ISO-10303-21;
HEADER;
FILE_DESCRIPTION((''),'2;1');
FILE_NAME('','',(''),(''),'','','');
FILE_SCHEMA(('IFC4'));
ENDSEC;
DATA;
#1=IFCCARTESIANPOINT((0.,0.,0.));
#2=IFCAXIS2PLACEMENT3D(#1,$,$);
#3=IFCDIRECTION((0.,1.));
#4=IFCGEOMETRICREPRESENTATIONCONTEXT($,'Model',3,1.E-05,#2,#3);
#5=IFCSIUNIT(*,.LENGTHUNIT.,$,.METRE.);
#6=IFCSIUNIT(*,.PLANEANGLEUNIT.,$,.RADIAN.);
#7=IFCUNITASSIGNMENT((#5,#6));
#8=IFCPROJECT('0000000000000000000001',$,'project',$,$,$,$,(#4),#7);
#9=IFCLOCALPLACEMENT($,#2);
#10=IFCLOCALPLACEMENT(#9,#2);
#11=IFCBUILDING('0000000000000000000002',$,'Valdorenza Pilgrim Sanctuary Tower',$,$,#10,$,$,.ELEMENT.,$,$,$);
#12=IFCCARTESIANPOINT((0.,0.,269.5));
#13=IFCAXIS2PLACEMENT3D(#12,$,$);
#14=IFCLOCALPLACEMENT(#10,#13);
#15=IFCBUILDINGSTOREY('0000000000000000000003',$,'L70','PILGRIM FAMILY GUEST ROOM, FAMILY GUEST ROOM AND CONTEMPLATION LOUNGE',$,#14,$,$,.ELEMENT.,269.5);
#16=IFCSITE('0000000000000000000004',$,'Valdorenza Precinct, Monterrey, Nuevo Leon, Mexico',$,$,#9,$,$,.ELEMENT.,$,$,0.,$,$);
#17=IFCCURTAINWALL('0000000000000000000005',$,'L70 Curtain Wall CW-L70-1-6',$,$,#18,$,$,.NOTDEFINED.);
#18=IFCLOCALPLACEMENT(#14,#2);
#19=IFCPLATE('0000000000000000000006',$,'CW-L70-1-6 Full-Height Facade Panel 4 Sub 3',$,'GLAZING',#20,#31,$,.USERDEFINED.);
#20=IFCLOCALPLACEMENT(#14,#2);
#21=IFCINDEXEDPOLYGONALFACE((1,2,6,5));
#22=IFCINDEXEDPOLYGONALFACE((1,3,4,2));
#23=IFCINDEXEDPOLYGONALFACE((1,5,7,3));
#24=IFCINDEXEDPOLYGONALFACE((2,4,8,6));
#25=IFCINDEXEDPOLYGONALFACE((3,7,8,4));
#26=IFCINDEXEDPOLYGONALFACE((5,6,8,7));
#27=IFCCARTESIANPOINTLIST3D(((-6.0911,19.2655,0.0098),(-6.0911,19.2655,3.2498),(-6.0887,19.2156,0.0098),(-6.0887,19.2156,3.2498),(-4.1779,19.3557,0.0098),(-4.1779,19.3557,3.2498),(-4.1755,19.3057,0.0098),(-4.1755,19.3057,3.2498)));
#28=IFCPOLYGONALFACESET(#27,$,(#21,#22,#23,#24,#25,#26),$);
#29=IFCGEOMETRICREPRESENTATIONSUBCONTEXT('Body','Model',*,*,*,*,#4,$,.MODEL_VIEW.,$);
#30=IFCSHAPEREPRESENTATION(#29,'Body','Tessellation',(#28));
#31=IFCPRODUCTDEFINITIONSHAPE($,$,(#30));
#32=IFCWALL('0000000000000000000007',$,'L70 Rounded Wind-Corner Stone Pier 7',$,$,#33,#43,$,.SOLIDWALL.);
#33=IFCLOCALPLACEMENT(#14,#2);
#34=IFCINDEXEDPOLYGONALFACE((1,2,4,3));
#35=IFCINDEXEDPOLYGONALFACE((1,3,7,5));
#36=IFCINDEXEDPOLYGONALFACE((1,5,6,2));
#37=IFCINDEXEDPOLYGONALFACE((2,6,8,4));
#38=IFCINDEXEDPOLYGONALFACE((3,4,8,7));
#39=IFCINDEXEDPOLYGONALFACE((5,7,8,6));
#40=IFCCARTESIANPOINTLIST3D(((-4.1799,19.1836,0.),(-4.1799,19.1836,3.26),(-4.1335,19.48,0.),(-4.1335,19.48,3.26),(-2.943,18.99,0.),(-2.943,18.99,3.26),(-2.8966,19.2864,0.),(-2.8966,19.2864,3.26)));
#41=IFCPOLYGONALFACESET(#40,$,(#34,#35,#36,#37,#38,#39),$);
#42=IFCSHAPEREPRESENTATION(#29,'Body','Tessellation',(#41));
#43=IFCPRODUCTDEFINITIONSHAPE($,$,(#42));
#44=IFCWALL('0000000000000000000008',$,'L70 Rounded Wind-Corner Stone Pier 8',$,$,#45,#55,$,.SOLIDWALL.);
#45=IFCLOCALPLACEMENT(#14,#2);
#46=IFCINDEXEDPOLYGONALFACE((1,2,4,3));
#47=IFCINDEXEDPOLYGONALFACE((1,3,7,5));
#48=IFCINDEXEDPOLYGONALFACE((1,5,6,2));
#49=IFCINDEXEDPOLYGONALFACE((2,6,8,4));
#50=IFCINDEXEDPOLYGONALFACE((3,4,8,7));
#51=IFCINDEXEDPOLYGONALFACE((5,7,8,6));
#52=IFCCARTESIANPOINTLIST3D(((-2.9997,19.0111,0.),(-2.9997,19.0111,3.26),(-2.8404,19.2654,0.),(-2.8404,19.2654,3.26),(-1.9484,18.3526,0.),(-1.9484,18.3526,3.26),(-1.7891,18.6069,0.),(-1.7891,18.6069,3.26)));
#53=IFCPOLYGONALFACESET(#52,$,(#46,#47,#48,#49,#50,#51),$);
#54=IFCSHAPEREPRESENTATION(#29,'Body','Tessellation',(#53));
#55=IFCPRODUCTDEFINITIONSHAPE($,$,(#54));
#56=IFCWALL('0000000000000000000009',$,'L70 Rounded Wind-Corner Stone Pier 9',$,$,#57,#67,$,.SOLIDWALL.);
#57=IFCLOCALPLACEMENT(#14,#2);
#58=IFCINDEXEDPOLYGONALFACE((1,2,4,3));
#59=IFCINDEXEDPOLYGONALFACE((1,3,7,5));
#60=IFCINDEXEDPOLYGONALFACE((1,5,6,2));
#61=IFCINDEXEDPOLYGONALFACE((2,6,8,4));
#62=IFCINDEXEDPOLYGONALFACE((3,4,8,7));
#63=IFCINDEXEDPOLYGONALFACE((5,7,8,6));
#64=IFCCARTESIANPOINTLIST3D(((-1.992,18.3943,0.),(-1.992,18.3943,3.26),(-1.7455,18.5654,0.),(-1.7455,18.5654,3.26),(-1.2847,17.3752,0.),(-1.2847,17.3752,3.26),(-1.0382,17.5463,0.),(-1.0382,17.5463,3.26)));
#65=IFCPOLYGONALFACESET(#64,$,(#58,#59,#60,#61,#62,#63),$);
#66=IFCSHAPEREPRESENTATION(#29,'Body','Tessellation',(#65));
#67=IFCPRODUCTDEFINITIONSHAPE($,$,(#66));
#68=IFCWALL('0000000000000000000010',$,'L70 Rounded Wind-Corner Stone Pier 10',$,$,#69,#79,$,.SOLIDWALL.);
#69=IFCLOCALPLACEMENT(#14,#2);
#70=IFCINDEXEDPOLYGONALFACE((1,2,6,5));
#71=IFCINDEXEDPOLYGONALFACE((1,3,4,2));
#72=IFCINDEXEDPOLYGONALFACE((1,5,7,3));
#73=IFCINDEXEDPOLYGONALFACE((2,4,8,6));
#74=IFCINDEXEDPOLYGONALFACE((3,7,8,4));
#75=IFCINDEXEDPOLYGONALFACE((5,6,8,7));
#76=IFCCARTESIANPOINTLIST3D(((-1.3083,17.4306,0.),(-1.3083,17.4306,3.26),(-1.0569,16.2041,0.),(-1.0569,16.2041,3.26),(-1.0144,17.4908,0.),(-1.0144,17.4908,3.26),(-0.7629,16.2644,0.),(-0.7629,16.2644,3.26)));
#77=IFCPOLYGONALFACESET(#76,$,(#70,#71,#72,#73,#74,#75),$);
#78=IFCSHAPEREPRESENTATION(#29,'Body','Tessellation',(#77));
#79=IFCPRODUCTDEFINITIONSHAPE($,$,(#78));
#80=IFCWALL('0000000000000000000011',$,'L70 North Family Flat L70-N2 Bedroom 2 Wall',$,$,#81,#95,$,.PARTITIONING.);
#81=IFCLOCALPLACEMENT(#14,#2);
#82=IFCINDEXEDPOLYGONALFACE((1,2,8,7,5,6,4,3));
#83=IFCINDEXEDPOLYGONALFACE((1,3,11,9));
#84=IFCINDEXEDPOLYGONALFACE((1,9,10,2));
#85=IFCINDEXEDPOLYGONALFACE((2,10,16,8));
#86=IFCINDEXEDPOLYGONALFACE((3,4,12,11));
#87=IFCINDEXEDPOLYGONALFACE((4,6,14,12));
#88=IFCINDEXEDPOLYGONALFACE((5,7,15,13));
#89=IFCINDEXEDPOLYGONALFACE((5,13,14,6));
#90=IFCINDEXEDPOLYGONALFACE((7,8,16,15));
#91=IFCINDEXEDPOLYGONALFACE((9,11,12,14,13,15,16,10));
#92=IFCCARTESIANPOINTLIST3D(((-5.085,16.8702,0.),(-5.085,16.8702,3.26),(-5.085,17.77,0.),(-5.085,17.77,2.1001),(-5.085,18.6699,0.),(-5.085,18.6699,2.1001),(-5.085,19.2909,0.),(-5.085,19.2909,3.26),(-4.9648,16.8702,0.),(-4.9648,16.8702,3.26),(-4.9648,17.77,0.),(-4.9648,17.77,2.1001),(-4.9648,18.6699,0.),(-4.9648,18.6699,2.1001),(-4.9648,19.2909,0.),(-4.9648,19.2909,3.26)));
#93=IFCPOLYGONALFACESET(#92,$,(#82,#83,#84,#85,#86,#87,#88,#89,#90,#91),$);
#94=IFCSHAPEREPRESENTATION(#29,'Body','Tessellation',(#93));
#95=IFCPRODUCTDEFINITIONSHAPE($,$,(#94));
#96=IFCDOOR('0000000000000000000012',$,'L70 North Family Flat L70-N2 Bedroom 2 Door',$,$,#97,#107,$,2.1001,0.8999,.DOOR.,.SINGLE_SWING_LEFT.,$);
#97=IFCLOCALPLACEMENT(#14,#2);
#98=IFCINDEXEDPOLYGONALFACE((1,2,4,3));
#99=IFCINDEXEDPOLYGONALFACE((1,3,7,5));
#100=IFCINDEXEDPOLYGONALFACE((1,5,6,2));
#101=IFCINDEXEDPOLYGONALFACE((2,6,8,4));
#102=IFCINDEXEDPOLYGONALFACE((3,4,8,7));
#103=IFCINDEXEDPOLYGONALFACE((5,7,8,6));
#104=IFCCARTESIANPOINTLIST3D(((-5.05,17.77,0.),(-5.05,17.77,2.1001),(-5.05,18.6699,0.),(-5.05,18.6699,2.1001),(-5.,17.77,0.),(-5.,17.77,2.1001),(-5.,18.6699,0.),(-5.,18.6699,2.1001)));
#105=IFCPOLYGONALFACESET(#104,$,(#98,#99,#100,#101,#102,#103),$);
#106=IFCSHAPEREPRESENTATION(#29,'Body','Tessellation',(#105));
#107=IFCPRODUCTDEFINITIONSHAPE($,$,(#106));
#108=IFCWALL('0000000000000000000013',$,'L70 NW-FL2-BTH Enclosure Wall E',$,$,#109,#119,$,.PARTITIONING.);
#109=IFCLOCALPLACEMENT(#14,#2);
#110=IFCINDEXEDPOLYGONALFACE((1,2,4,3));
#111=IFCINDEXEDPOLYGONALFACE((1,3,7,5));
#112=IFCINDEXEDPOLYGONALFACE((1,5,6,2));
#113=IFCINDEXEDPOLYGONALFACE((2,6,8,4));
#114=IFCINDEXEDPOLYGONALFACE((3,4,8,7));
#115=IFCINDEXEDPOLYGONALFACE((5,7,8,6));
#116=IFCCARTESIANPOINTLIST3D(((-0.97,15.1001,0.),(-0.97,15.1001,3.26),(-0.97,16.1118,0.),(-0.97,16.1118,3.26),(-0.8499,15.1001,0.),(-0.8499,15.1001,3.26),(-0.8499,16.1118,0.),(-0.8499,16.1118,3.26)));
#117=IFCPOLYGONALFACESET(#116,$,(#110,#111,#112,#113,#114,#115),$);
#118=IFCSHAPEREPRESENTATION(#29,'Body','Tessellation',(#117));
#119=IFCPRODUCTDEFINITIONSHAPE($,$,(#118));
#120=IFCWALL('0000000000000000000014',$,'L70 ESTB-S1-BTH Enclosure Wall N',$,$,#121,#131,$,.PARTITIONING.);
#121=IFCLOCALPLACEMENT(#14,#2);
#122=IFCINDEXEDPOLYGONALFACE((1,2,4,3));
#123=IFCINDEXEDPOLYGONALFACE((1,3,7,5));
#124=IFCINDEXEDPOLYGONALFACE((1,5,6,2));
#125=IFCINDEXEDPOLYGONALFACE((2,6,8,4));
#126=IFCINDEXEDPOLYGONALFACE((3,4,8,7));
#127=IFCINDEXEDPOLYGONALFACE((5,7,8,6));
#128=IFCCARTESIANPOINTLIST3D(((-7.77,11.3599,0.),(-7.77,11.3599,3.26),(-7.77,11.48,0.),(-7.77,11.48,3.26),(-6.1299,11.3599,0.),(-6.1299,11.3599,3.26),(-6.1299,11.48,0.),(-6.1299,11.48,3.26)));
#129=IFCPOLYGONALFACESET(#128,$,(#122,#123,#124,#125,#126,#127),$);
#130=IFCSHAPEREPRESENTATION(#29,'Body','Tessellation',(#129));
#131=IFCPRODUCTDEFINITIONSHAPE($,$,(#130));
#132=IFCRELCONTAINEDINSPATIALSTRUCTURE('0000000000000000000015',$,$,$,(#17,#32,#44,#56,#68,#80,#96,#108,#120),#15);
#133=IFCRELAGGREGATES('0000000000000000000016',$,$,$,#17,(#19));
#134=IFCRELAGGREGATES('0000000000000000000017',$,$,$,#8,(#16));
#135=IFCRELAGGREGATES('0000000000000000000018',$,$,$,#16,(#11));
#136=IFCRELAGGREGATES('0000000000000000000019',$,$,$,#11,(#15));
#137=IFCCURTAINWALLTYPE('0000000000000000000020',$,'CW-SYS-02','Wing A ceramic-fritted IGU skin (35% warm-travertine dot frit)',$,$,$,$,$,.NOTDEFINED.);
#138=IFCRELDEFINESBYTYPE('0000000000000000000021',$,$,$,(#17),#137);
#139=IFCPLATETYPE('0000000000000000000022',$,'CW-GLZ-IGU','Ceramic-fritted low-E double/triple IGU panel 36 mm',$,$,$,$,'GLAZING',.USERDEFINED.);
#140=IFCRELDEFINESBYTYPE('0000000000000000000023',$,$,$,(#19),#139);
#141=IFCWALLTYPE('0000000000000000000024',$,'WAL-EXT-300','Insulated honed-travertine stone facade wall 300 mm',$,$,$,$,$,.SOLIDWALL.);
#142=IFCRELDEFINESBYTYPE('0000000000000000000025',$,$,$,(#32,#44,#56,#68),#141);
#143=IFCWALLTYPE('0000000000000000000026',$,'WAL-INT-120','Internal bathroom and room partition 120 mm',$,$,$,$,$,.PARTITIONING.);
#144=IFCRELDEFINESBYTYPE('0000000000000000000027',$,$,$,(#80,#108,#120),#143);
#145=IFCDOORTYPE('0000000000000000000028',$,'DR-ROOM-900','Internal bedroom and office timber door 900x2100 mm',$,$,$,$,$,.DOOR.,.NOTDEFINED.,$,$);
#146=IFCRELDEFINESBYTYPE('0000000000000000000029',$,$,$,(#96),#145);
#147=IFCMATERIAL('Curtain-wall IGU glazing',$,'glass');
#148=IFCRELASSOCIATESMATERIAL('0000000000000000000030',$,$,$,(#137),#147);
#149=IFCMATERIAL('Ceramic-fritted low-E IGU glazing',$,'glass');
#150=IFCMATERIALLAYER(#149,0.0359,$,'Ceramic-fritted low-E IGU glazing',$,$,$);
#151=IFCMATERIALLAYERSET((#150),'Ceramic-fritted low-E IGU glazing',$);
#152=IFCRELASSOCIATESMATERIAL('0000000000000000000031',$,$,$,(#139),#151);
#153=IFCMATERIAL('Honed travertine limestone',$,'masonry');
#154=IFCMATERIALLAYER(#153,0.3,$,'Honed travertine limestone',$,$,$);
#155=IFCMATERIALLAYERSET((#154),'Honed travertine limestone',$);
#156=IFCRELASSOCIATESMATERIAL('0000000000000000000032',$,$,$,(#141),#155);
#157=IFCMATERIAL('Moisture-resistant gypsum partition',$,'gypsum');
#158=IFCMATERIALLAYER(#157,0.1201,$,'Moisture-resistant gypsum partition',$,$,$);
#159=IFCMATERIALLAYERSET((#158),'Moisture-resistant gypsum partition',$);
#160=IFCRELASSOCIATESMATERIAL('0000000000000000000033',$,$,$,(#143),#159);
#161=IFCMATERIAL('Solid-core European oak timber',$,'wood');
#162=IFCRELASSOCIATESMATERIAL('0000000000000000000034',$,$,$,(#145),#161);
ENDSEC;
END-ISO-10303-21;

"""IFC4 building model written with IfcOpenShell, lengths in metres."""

from ifc_helpers import new_model, si_unit, direction, frame, frame_2d, origin, origin_2d, place, context, subcontext, project, spatial, rectangle, extrude, source, transform, mapped, material, layer, layer_set, type_object, element, fill, aggregate, save


model = new_model("IFC4")

# Units and contexts
model_context = context("Model", 3, precision=1e-05, world=origin(), true_north=direction((0.0, 1.0)))
body_context = subcontext(model_context, "Body", "Model", "MODEL_VIEW")
ifc_project = project(units=[si_unit("LENGTHUNIT", "METRE"), si_unit("PLANEANGLEUNIT", "RADIAN")], contexts=[model_context])

# Site, building, storey
site_placement = place(None, origin())
site = spatial("IfcSite", under=ifc_project, at=site_placement, Name="Valdorenza Precinct, Monterrey, Nuevo Leon, Mexico", CompositionType="ELEMENT", RefElevation=0.0)
building_placement = place(site_placement, origin())
building = spatial("IfcBuilding", under=site, at=building_placement, Name="Valdorenza Pilgrim Sanctuary Tower", CompositionType="ELEMENT")
storey_placement = place(building_placement, frame((0.0, 0.0, 269.5)))
storey = spatial("IfcBuildingStorey", under=building, at=storey_placement, Name="L70", Description="PILGRIM FAMILY GUEST ROOM, FAMILY GUEST ROOM AND CONTEMPLATION LOUNGE", CompositionType="ELEMENT", Elevation=269.5)

# Curtain wall
ifc_material_1 = material(Name="Curtain-wall IGU glazing", Category="glass")
curtain_wall_type = type_object("IfcCurtainWallType", Name="CW-SYS-02", Description="Wing A ceramic-fritted IGU skin (35% warm-travertine dot frit)", PredefinedType="NOTDEFINED", material=ifc_material_1)
curtain_wall_1_placement = place(storey_placement, origin())
curtain_wall_1 = element("IfcCurtainWall", 1, at=curtain_wall_1_placement, inside=storey, type_object=curtain_wall_type, Name="L70 Curtain Wall CW-L70-1-6", PredefinedType="NOTDEFINED")

# Plate
ifc_material_2 = material(Name="Honed travertine limestone", Category="masonry")
ifc_material_3 = material(Name="Ceramic-fritted low-E IGU glazing", Category="glass")
ifc_layer_1 = layer(ifc_material_3, 0.0359, Name="Ceramic-fritted low-E IGU glazing")
ifc_layer_set_1 = layer_set([ifc_layer_1], Name="Ceramic-fritted low-E IGU glazing")
plate_type_1 = type_object("IfcPlateType", Name="CW-GLZ-IGU", Description="Ceramic-fritted low-E double/triple IGU panel 36 mm", ElementType="GLAZING", PredefinedType="USERDEFINED", material=ifc_layer_set_1)
shared_shape_1 = source(origin(), body_context, "Body", "SweptSolid", [
    extrude(rectangle(XDim=1.9153, YDim=0.05, at=origin_2d()), origin(), (0.0, 0.0, 1.0), 3.24),
])
plate_1_placement = place(storey_placement, frame((-5.1333, 19.2856, 0.0098), z_axis=(0.0, 0.0, 1.0), x_axis=(0.998891, 0.047089, 0.0)))
plate_1 = element("IfcPlate", 2, at=plate_1_placement, type_object=plate_type_1, Name="CW-L70-1-6 Full-Height Facade Panel 4 Sub 3", ObjectType="GLAZING", PredefinedType="USERDEFINED", context=body_context, shape_type="MappedRepresentation", body=[
    mapped(shared_shape_1, transform((0.0, 0.0, 0.0), x_axis=(1.0, 0.0, 0.0), y_axis=(0.0, 1.0, 0.0), z_axis=(0.0, 0.0, 1.0), scale=1.0)),
])
aggregate(curtain_wall_1, [plate_1])

# Walls
ifc_layer_2 = layer(ifc_material_2, 0.3, Name="Honed travertine limestone")
ifc_layer_set_2 = layer_set([ifc_layer_2], Name="Honed travertine limestone")
wall_type_1 = type_object("IfcWallType", Name="WAL-EXT-300", Description="Insulated honed-travertine stone facade wall 300 mm", PredefinedType="SOLIDWALL", material=ifc_layer_set_2)
wall_1_placement = place(storey_placement, frame((-4.1567, 19.3318, 0.0), z_axis=(0.0, 0.0, 1.0), x_axis=(0.987969, -0.154651, 0.0)))
element("IfcWall", 3, at=wall_1_placement, inside=storey, type_object=wall_type_1, Name="L70 Rounded Wind-Corner Stone Pier 7", PredefinedType="SOLIDWALL", context=body_context, shape_type="SweptSolid", body=[
    extrude(rectangle(XDim=1.252, YDim=0.3, at=frame_2d((0.626, 0.0))), origin(), (0.0, 0.0, 1.0), 3.26),
])
for number, where, z_axis, x_axis, name in (
    (4, (-2.9199, 19.1382, 0.0), (0.0, 0.0, 1.0), (0.847489, -0.530812, 0.0), "L70 Rounded Wind-Corner Stone Pier 8"),
    (5, (-1.8687, 18.4797, 0.0), (0.0, 0.0, 1.0), (0.570182, -0.821518, 0.0), "L70 Rounded Wind-Corner Stone Pier 9"),
):
    element("IfcWall", number, at=place(storey_placement, frame(where, z_axis=z_axis, x_axis=x_axis)), inside=storey, type_object=wall_type_1, Name=name, PredefinedType="SOLIDWALL", context=body_context, shape_type="SweptSolid", body=[
        extrude(rectangle(XDim=1.2405, YDim=0.3, at=frame_2d((0.6201, 0.0))), origin(), (0.0, 0.0, 1.0), 3.26),
    ])
wall_2_placement = place(storey_placement, frame((-1.1614, 17.4607, 0.0), z_axis=(0.0, 0.0, 1.0), x_axis=(0.200877, -0.979616, 0.0)))
element("IfcWall", 6, at=wall_2_placement, inside=storey, type_object=wall_type_1, Name="L70 Rounded Wind-Corner Stone Pier 10", PredefinedType="SOLIDWALL", context=body_context, shape_type="SweptSolid", body=[
    extrude(rectangle(XDim=1.252, YDim=0.3, at=frame_2d((0.626, 0.0))), origin(), (0.0, 0.0, 1.0), 3.26),
])

# Wall, opening, door
ifc_material_4 = material(Name="Moisture-resistant gypsum partition", Category="gypsum")
ifc_layer_3 = layer(ifc_material_4, 0.1201, Name="Moisture-resistant gypsum partition")
ifc_layer_set_3 = layer_set([ifc_layer_3], Name="Moisture-resistant gypsum partition")
wall_type_2 = type_object("IfcWallType", Name="WAL-INT-120", Description="Internal bathroom and room partition 120 mm", PredefinedType="PARTITIONING", material=ifc_layer_set_3)
wall_3_placement = place(storey_placement, frame((-5.0249, 16.8701, 0.0), z_axis=(0.0, 0.0, 1.0), x_axis=(0.0, 1.0, 0.0)))
wall_3 = element("IfcWall", 7, at=wall_3_placement, inside=storey, type_object=wall_type_2, Name="L70 North Family Flat L70-N2 Bedroom 2 Wall", PredefinedType="PARTITIONING", context=body_context, shape_type="SweptSolid", body=[
    extrude(rectangle(XDim=2.4207, YDim=0.1201, at=frame_2d((1.2104, 0.0))), origin(), (0.0, 0.0, 1.0), 3.26),
])
opening_placement = place(wall_3_placement, frame((0.8999, 0.0, 0.0)))
opening = element("IfcOpeningElement", 8, at=opening_placement, cuts=wall_3, PredefinedType="OPENING", context=body_context, shape_type="SweptSolid", body=[
    extrude(rectangle(XDim=0.8999, YDim=2.1001, at=frame_2d((0.45, 1.05))), frame((0.0, 0.075, 0.0), z_axis=(0.0, -1.0, 0.0), x_axis=(1.0, 0.0, 0.0)), (0.0, 0.0, 1.0), 0.1499),
])
ifc_material_5 = material(Name="Solid-core European oak timber", Category="wood")
door_type = type_object("IfcDoorType", Name="DR-ROOM-900", Description="Internal bedroom and office timber door 900x2100 mm", OperationType="NOTDEFINED", PredefinedType="DOOR", material=ifc_material_5)
door_placement = place(opening_placement, frame((0.8999, 0.0, 0.0), z_axis=(0.0, 0.0, 1.0), x_axis=(-1.0, 0.0, 0.0)))
door = element("IfcDoor", 9, at=door_placement, inside=storey, type_object=door_type, Name="L70 North Family Flat L70-N2 Bedroom 2 Door", OperationType="SINGLE_SWING_LEFT", OverallHeight=2.1001, OverallWidth=0.8999, PredefinedType="DOOR", context=body_context, shape_type="SweptSolid", body=[
    extrude(rectangle(XDim=0.8999, YDim=2.1001, at=frame_2d((0.45, 1.05))), frame((0.0, 0.0249, 0.0), z_axis=(0.0, -1.0, 0.0), x_axis=(1.0, 0.0, 0.0)), (0.0, 0.0, 1.0), 0.05),
])
fill(opening, door)

# Walls
wall_4_placement = place(storey_placement, frame((-0.9099, 15.1001, 0.0), z_axis=(0.0, 0.0, 1.0), x_axis=(0.0, 1.0, 0.0)))
element("IfcWall", 10, at=wall_4_placement, inside=storey, type_object=wall_type_2, Name="L70 NW-FL2-BTH Enclosure Wall E", PredefinedType="PARTITIONING", context=body_context, shape_type="SweptSolid", body=[
    extrude(rectangle(XDim=1.0117, YDim=0.1201, at=frame_2d((0.5059, 0.0))), origin(), (0.0, 0.0, 1.0), 3.26),
])
wall_5_placement = place(storey_placement, frame((-7.77, 11.4199, 0.0), z_axis=(0.0, 0.0, 1.0), x_axis=(1.0, 0.0, 0.0)))
element("IfcWall", 11, at=wall_5_placement, inside=storey, type_object=wall_type_2, Name="L70 ESTB-S1-BTH Enclosure Wall N", PredefinedType="PARTITIONING", context=body_context, shape_type="SweptSolid", body=[
    extrude(rectangle(XDim=1.6401, YDim=0.1201, at=frame_2d((0.8201, 0.0))), origin(), (0.0, 0.0, 1.0), 3.26),
])

save(model, "model.ifc")
